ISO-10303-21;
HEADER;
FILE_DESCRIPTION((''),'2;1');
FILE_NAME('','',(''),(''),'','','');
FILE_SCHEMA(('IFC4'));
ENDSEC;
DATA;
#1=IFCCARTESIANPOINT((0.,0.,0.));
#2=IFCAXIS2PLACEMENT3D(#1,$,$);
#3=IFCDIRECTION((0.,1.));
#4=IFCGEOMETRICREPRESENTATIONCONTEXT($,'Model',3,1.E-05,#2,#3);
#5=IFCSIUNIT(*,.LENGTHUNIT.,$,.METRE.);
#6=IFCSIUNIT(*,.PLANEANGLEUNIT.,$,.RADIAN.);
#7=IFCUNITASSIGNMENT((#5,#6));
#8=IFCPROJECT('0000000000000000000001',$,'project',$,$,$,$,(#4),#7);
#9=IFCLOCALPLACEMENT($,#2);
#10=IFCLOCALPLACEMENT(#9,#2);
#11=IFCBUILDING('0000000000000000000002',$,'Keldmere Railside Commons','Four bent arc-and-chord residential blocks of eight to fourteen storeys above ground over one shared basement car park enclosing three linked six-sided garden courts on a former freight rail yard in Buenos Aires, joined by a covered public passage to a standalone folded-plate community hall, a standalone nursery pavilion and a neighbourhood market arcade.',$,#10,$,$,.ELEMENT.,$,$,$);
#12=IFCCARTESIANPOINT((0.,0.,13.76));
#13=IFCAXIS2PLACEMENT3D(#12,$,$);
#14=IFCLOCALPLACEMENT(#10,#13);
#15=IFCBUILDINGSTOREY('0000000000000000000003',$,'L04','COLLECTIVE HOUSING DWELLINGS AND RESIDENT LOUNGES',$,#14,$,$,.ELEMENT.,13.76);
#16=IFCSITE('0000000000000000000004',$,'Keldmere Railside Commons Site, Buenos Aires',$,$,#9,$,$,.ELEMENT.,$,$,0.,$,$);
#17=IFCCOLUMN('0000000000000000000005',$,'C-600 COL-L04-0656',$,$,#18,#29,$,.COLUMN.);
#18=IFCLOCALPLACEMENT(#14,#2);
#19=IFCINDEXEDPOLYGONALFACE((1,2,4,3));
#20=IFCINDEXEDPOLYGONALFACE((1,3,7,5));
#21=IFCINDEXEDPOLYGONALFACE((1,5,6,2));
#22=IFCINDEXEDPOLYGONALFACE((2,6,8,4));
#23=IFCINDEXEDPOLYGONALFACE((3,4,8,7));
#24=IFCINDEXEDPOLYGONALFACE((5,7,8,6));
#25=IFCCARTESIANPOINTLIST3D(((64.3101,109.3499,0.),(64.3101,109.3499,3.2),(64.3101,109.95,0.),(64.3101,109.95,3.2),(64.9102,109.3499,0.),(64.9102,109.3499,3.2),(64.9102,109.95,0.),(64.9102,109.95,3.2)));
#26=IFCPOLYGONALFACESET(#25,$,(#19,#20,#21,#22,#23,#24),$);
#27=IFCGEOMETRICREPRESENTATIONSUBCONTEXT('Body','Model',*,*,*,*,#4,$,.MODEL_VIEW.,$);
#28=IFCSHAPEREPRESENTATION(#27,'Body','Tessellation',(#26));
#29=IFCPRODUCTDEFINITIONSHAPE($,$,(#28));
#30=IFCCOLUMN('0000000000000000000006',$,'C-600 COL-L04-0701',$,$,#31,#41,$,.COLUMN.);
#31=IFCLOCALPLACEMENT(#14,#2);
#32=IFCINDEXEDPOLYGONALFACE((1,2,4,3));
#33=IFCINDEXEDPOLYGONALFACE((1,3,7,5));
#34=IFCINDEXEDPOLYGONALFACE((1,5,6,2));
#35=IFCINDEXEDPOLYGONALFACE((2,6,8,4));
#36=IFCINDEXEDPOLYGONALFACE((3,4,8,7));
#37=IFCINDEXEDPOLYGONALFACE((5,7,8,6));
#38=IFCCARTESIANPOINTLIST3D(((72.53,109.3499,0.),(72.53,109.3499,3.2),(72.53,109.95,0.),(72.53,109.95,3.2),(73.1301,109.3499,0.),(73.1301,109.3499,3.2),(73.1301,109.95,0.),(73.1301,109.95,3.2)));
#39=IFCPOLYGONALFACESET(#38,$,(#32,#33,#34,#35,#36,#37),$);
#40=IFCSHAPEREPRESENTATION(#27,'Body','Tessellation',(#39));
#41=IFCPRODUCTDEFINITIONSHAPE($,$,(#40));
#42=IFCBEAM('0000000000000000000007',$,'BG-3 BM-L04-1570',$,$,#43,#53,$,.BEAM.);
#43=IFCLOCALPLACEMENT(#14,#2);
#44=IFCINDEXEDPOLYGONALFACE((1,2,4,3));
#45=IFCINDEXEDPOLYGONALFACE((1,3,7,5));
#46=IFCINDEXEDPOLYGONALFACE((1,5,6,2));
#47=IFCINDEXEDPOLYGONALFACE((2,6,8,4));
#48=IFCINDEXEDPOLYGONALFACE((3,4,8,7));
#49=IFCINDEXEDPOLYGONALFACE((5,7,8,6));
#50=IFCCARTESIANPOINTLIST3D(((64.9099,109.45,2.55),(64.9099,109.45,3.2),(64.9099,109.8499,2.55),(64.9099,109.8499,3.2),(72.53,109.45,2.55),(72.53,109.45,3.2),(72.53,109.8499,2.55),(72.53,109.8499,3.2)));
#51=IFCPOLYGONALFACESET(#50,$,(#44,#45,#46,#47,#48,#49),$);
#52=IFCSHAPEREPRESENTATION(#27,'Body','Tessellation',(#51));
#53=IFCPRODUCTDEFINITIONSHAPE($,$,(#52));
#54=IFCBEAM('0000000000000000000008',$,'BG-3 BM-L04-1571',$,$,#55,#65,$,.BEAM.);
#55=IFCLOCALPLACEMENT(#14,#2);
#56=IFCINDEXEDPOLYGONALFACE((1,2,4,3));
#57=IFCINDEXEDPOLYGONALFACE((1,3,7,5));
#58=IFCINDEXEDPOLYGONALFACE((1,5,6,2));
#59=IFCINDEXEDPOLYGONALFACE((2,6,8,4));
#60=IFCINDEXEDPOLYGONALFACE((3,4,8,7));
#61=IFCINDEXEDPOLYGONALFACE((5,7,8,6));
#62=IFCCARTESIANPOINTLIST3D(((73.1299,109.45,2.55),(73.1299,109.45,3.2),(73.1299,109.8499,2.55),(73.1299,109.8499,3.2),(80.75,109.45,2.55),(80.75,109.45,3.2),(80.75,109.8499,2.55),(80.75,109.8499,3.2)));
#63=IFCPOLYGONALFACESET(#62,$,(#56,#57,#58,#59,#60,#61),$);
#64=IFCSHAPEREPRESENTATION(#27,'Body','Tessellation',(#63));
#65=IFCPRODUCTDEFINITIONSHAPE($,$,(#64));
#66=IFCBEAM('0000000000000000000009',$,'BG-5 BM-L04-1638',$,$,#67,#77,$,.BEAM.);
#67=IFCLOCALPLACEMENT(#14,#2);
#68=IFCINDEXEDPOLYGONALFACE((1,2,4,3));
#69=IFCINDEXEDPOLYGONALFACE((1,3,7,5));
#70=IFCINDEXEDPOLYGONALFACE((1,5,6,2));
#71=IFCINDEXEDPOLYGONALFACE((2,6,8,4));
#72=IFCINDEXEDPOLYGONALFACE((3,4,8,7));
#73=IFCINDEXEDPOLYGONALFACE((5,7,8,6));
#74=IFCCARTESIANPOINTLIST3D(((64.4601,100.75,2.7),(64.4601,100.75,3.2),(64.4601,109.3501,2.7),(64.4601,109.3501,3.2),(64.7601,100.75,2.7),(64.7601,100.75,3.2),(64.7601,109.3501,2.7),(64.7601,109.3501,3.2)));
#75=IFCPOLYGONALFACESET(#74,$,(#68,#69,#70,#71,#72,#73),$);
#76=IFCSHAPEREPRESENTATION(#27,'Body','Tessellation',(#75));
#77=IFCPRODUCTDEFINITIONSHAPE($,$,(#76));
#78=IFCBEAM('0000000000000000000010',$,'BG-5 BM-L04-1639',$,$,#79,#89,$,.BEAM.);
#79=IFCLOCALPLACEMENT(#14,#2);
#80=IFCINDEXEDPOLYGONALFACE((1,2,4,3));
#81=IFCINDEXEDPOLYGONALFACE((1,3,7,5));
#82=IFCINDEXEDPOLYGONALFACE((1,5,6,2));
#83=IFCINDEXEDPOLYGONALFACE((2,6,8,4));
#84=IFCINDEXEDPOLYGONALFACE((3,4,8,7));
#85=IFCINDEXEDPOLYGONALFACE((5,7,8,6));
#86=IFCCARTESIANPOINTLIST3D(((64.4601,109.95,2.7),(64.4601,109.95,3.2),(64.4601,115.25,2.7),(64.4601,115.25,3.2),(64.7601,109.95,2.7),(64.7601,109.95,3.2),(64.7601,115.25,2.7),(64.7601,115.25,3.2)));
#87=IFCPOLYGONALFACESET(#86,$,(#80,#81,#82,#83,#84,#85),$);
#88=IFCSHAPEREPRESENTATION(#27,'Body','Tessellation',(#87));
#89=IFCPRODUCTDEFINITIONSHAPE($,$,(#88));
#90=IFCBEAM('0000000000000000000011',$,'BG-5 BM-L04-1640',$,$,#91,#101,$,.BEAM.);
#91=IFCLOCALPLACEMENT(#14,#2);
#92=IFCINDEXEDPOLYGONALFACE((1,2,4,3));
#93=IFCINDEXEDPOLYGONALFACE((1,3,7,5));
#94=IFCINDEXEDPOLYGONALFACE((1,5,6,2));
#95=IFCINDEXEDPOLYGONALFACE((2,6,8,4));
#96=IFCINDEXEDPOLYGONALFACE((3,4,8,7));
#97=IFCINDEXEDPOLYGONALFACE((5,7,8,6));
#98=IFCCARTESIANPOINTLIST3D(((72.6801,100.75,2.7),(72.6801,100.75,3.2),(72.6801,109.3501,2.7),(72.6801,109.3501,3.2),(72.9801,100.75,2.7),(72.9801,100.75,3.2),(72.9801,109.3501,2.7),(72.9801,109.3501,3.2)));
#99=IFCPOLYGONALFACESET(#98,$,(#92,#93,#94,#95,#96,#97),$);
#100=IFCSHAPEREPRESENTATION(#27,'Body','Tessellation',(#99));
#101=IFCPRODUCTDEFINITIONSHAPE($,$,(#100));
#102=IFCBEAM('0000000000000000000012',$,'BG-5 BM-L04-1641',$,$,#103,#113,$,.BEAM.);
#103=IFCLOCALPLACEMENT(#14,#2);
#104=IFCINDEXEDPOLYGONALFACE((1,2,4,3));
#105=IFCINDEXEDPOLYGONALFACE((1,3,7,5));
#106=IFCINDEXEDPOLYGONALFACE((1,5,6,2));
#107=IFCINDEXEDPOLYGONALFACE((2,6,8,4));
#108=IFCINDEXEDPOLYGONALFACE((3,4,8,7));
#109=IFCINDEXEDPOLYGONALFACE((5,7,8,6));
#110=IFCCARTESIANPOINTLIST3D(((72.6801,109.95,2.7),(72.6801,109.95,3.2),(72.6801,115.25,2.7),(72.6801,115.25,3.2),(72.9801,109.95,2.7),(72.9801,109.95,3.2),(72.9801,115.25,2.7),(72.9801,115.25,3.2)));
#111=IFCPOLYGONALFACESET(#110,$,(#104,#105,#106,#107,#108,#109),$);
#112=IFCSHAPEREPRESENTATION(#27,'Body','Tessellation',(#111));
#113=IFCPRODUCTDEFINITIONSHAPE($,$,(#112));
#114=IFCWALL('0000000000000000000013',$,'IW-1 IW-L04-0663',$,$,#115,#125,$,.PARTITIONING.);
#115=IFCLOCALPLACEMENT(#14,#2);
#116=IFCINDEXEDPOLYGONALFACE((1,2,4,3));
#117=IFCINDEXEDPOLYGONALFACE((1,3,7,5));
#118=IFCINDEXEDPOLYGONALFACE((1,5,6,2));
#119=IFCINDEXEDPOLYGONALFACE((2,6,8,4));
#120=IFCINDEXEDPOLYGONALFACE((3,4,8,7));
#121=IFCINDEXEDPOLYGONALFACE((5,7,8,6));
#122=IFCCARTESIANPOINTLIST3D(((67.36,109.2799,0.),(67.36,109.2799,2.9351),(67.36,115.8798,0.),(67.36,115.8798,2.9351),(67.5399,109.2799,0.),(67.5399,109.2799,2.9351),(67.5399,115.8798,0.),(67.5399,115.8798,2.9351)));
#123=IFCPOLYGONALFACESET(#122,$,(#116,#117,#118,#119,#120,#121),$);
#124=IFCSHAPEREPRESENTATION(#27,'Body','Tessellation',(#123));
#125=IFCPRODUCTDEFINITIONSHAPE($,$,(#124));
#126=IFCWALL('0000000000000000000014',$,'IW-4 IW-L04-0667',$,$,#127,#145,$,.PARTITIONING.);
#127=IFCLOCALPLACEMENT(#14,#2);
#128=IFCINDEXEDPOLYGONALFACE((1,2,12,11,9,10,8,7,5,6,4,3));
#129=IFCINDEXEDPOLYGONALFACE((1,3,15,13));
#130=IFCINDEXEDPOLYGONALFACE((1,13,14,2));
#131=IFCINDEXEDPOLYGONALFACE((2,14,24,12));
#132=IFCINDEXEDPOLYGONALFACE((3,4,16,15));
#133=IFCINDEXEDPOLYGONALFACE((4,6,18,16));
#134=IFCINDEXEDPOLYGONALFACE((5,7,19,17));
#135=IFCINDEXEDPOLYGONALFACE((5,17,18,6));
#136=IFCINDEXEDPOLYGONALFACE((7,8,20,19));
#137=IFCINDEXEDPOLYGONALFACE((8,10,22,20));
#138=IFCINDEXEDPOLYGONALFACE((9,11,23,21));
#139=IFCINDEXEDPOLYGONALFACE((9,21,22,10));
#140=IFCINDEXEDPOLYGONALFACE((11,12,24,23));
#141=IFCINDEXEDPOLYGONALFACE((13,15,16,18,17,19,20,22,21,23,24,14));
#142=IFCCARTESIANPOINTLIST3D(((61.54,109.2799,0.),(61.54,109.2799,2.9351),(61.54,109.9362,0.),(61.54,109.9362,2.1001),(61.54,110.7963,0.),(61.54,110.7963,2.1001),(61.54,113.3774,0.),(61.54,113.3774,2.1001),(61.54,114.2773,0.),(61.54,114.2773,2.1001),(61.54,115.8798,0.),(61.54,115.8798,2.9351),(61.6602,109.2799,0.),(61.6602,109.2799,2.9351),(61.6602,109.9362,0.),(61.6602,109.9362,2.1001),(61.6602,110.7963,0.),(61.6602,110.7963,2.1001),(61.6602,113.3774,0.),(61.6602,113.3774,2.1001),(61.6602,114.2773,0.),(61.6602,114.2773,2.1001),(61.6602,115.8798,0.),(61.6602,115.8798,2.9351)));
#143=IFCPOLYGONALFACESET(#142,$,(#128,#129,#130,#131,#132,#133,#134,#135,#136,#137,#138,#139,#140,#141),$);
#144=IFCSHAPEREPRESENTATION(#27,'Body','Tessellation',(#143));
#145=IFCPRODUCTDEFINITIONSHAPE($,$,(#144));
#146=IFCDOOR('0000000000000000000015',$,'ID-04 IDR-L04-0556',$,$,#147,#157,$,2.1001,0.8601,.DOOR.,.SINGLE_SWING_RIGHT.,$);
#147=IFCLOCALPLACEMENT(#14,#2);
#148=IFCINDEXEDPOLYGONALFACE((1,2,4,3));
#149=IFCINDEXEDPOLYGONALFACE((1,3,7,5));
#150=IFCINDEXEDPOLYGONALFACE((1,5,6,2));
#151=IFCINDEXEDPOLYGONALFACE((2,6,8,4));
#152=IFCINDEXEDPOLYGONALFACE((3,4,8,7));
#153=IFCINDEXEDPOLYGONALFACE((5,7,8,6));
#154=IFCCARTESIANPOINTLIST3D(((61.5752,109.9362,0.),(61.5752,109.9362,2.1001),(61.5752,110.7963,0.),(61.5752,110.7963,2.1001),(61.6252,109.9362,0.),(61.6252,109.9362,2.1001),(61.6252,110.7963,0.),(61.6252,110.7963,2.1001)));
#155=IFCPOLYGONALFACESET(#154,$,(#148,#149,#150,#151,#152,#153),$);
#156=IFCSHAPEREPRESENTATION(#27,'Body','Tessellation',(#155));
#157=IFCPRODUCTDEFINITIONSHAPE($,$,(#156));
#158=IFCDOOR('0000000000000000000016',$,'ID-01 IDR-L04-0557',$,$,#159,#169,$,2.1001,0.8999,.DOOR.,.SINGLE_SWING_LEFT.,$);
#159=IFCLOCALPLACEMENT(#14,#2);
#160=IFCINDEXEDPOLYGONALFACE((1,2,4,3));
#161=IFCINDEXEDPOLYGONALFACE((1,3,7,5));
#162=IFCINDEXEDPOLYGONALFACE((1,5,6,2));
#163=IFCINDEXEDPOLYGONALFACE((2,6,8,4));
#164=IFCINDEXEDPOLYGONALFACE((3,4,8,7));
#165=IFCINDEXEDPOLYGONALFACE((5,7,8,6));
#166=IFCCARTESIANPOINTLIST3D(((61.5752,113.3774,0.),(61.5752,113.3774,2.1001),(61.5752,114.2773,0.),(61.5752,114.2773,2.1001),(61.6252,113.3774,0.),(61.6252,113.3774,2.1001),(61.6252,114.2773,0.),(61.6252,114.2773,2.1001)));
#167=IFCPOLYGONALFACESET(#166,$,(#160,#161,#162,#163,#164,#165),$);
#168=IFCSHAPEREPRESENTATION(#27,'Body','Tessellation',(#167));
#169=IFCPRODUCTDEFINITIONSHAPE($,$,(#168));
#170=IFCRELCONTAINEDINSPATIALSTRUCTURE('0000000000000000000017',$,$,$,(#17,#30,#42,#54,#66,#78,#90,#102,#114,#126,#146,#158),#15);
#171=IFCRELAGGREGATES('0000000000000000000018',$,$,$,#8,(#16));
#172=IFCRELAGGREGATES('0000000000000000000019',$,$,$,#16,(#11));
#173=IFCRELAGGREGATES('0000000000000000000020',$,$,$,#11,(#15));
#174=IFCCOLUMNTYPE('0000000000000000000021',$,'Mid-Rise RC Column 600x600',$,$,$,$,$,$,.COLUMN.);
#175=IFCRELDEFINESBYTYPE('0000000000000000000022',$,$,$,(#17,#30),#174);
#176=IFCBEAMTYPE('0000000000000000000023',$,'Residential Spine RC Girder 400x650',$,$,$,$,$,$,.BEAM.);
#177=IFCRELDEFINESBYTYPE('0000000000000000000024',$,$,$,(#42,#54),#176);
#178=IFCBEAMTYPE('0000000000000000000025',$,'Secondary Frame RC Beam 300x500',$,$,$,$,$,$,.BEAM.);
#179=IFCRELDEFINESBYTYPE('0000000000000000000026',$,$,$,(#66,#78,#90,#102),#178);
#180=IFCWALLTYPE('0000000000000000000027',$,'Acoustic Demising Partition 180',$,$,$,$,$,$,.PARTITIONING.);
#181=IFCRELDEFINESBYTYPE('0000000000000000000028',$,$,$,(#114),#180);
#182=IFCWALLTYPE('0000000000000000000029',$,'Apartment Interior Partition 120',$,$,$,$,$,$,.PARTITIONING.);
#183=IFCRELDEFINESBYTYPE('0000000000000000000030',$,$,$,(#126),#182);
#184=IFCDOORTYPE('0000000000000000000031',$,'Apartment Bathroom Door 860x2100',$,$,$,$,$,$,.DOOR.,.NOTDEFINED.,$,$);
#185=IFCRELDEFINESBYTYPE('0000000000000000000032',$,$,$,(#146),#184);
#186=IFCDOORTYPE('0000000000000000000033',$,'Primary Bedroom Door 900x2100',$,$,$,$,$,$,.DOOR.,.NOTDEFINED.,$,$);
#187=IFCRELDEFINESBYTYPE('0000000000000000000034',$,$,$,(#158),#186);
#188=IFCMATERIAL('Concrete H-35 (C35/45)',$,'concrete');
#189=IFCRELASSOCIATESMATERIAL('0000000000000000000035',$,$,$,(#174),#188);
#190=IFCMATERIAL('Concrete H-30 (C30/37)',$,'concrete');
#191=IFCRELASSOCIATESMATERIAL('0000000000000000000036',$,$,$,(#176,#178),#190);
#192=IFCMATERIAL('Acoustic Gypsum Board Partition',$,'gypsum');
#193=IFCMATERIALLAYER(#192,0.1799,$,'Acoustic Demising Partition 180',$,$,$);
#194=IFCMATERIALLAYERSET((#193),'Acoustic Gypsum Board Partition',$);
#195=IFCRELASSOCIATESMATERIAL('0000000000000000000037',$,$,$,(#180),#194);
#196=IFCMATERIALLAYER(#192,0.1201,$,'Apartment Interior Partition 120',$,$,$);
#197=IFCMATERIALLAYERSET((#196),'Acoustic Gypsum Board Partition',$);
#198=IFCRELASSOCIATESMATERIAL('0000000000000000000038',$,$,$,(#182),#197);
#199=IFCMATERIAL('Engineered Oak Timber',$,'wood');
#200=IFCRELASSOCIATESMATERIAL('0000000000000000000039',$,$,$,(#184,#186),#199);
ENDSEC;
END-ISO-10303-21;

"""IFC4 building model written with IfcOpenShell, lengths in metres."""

from ifc_helpers import new_model, si_unit, direction, frame, frame_2d, origin, origin_2d, place, context, subcontext, project, spatial, rectangle, extrude, material, layer, layer_set, material_profile, profile_set, type_object, element, fill, save


model = new_model("IFC4")

# Units and contexts
model_context = context("Model", 3, precision=1e-05, world=origin(), true_north=direction((0.0, 1.0)))
body_context = subcontext(model_context, "Body", "Model", "MODEL_VIEW")
ifc_project = project(units=[si_unit("LENGTHUNIT", "METRE"), si_unit("PLANEANGLEUNIT", "RADIAN")], contexts=[model_context])

# Site, building, storey
site_placement = place(None, origin())
site = spatial("IfcSite", under=ifc_project, at=site_placement, Name="Keldmere Railside Commons Site, Buenos Aires", CompositionType="ELEMENT", RefElevation=0.0)
building_placement = place(site_placement, origin())
building = spatial("IfcBuilding", under=site, at=building_placement, Name="Keldmere Railside Commons", Description="Four bent arc-and-chord residential blocks of eight to fourteen storeys above ground over one shared basement car park enclosing three linked six-sided garden courts on a former freight rail yard in Buenos Aires, joined by a covered public passage to a standalone folded-plate community hall, a standalone nursery pavilion and a neighbourhood market arcade.", CompositionType="ELEMENT")
storey_placement = place(building_placement, frame((0.0, 0.0, 13.76)))
storey = spatial("IfcBuildingStorey", under=building, at=storey_placement, Name="L04", Description="COLLECTIVE HOUSING DWELLINGS AND RESIDENT LOUNGES", CompositionType="ELEMENT", Elevation=13.76)

# Columns
ifc_material_1 = material(Name="Concrete H-35 (C35/45)", Category="concrete")
ifc_material_profile_1 = material_profile(ifc_material_1, rectangle(XDim=0.6001, YDim=0.6001, at=origin_2d()), Name="RC-600x600")
ifc_profile_set_1 = profile_set([ifc_material_profile_1], Name="Concrete H-35 (C35/45)")
column_type = type_object("IfcColumnType", Name="Mid-Rise RC Column 600x600", PredefinedType="COLUMN", material=ifc_profile_set_1)
for number, where, z_axis, x_axis, name in (
    (1, (64.6101, 109.6499, 0.0), (0.0, 0.0, 1.0), (1.0, 0.0, 0.0), "C-600 COL-L04-0656"),
    (2, (72.8301, 109.6499, 0.0), (0.0, 0.0, 1.0), (1.0, 0.0, 0.0), "C-600 COL-L04-0701"),
):
    element("IfcColumn", number, at=place(storey_placement, frame(where, z_axis=z_axis, x_axis=x_axis)), inside=storey, type_object=column_type, Name=name, PredefinedType="COLUMN", context=body_context, shape_type="SweptSolid", body=[
        extrude(rectangle(XDim=0.6001, YDim=0.6001, at=origin_2d()), origin(), (0.0, 0.0, 1.0), 3.2),
    ])

# Beams
ifc_material_2 = material(Name="Concrete H-30 (C30/37)", Category="concrete")
ifc_material_profile_2 = material_profile(ifc_material_2, rectangle(XDim=0.3999, YDim=0.6499, at=origin_2d()), Name="RC-400x650")
ifc_profile_set_2 = profile_set([ifc_material_profile_2], Name="Concrete H-30 (C30/37)")
beam_type_1 = type_object("IfcBeamType", Name="Residential Spine RC Girder 400x650", PredefinedType="BEAM", material=ifc_profile_set_2)
for number, where, z_axis, x_axis, name in (
    (3, (64.9099, 109.6499, 2.875), (1.0, 0.0, 0.0), (0.0, 1.0, 0.0), "BG-3 BM-L04-1570"),
    (4, (73.1299, 109.6499, 2.875), (1.0, 0.0, 0.0), (0.0, 1.0, 0.0), "BG-3 BM-L04-1571"),
):
    element("IfcBeam", number, at=place(storey_placement, frame(where, z_axis=z_axis, x_axis=x_axis)), inside=storey, type_object=beam_type_1, Name=name, PredefinedType="BEAM", context=body_context, shape_type="SweptSolid", body=[
        extrude(rectangle(XDim=0.3999, YDim=0.6499, at=origin_2d()), origin(), (0.0, 0.0, 1.0), 7.6201),
    ])
ifc_material_profile_3 = material_profile(ifc_material_2, rectangle(XDim=0.3, YDim=0.5, at=origin_2d()), Name="RC-300x500")
ifc_profile_set_3 = profile_set([ifc_material_profile_3], Name="Concrete H-30 (C30/37)")
beam_type_2 = type_object("IfcBeamType", Name="Secondary Frame RC Beam 300x500", PredefinedType="BEAM", material=ifc_profile_set_3)
beam_1_placement = place(storey_placement, frame((64.6101, 100.75, 2.95), z_axis=(0.0, 1.0, 0.0), x_axis=(-1.0, 0.0, 0.0)))
element("IfcBeam", 5, at=beam_1_placement, inside=storey, type_object=beam_type_2, Name="BG-5 BM-L04-1638", PredefinedType="BEAM", context=body_context, shape_type="SweptSolid", body=[
    extrude(rectangle(XDim=0.3, YDim=0.5, at=origin_2d()), origin(), (0.0, 0.0, 1.0), 8.6001),
])
beam_2_placement = place(storey_placement, frame((64.6101, 109.95, 2.95), z_axis=(0.0, 1.0, 0.0), x_axis=(-1.0, 0.0, 0.0)))
element("IfcBeam", 6, at=beam_2_placement, inside=storey, type_object=beam_type_2, Name="BG-5 BM-L04-1639", PredefinedType="BEAM", context=body_context, shape_type="SweptSolid", body=[
    extrude(rectangle(XDim=0.3, YDim=0.5, at=origin_2d()), origin(), (0.0, 0.0, 1.0), 5.3),
])
beam_3_placement = place(storey_placement, frame((72.8301, 100.75, 2.95), z_axis=(0.0, 1.0, 0.0), x_axis=(-1.0, 0.0, 0.0)))
element("IfcBeam", 7, at=beam_3_placement, inside=storey, type_object=beam_type_2, Name="BG-5 BM-L04-1640", PredefinedType="BEAM", context=body_context, shape_type="SweptSolid", body=[
    extrude(rectangle(XDim=0.3, YDim=0.5, at=origin_2d()), origin(), (0.0, 0.0, 1.0), 8.6001),
])
beam_4_placement = place(storey_placement, frame((72.8301, 109.95, 2.95), z_axis=(0.0, 1.0, 0.0), x_axis=(-1.0, 0.0, 0.0)))
element("IfcBeam", 8, at=beam_4_placement, inside=storey, type_object=beam_type_2, Name="BG-5 BM-L04-1641", PredefinedType="BEAM", context=body_context, shape_type="SweptSolid", body=[
    extrude(rectangle(XDim=0.3, YDim=0.5, at=origin_2d()), origin(), (0.0, 0.0, 1.0), 5.3),
])

# Wall
ifc_material_3 = material(Name="Acoustic Gypsum Board Partition", Category="gypsum")
ifc_layer_1 = layer(ifc_material_3, 0.1799, Name="Acoustic Demising Partition 180")
ifc_layer_set_1 = layer_set([ifc_layer_1], Name="Acoustic Gypsum Board Partition")
wall_type_1 = type_object("IfcWallType", Name="Acoustic Demising Partition 180", PredefinedType="PARTITIONING", material=ifc_layer_set_1)
wall_1_placement = place(storey_placement, frame((67.45, 109.28, 0.0), z_axis=(0.0, 0.0, 1.0), x_axis=(0.0, 1.0, 0.0)))
element("IfcWall", 9, at=wall_1_placement, inside=storey, type_object=wall_type_1, Name="IW-1 IW-L04-0663", PredefinedType="PARTITIONING", context=body_context, shape_type="SweptSolid", body=[
    extrude(rectangle(XDim=6.5999, YDim=0.1799, at=frame_2d((3.2998, 0.0))), origin(), (0.0, 0.0, 1.0), 2.9351),
])

# Wall, openings, doors
ifc_layer_2 = layer(ifc_material_3, 0.1201, Name="Apartment Interior Partition 120")
ifc_layer_set_2 = layer_set([ifc_layer_2], Name="Acoustic Gypsum Board Partition")
wall_type_2 = type_object("IfcWallType", Name="Apartment Interior Partition 120", PredefinedType="PARTITIONING", material=ifc_layer_set_2)
wall_2_placement = place(storey_placement, frame((61.6001, 109.28, 0.0), z_axis=(0.0, 0.0, 1.0), x_axis=(0.0, 1.0, 0.0)))
wall_2 = element("IfcWall", 10, at=wall_2_placement, inside=storey, type_object=wall_type_2, Name="IW-4 IW-L04-0667", PredefinedType="PARTITIONING", context=body_context, shape_type="SweptSolid", body=[
    extrude(rectangle(XDim=6.5999, YDim=0.1201, at=frame_2d((3.2998, 0.0))), origin(), (0.0, 0.0, 1.0), 2.9351),
])
opening_1_placement = place(wall_2_placement, frame((0.656, 0.0, 0.0)))
opening_1 = element("IfcOpeningElement", 11, at=opening_1_placement, cuts=wall_2, PredefinedType="OPENING", context=body_context, shape_type="SweptSolid", body=[
    extrude(rectangle(XDim=0.8601, YDim=2.1001, at=frame_2d((0.4302, 1.05))), frame((0.0, 0.0701, 0.0), z_axis=(0.0, -1.0, 0.0), x_axis=(1.0, 0.0, 0.0)), (0.0, 0.0, 1.0), 0.1401),
])
opening_2_placement = place(wall_2_placement, frame((4.0974, 0.0, 0.0)))
opening_2 = element("IfcOpeningElement", 12, at=opening_2_placement, cuts=wall_2, PredefinedType="OPENING", context=body_context, shape_type="SweptSolid", body=[
    extrude(rectangle(XDim=0.8999, YDim=2.1001, at=frame_2d((0.45, 1.05))), frame((0.0, 0.0701, 0.0), z_axis=(0.0, -1.0, 0.0), x_axis=(1.0, 0.0, 0.0)), (0.0, 0.0, 1.0), 0.1401),
])
ifc_material_4 = material(Name="Engineered Oak Timber", Category="wood")
door_type_1 = type_object("IfcDoorType", Name="Apartment Bathroom Door 860x2100", OperationType="NOTDEFINED", PredefinedType="DOOR", material=ifc_material_4)
door_1_placement = place(opening_1_placement, origin())
door_1 = element("IfcDoor", 13, at=door_1_placement, inside=storey, type_object=door_type_1, Name="ID-04 IDR-L04-0556", OperationType="SINGLE_SWING_RIGHT", OverallHeight=2.1001, OverallWidth=0.8601, PredefinedType="DOOR", context=body_context, shape_type="SweptSolid", body=[
    extrude(rectangle(XDim=0.8601, YDim=2.1001, at=frame_2d((0.4302, 1.05))), frame((0.0, 0.0249, 0.0), z_axis=(0.0, -1.0, 0.0), x_axis=(1.0, 0.0, 0.0)), (0.0, 0.0, 1.0), 0.05),
])
fill(opening_1, door_1)
door_type_2 = type_object("IfcDoorType", Name="Primary Bedroom Door 900x2100", OperationType="NOTDEFINED", PredefinedType="DOOR", material=ifc_material_4)
door_2_placement = place(opening_2_placement, origin())
door_2 = element("IfcDoor", 14, at=door_2_placement, inside=storey, type_object=door_type_2, Name="ID-01 IDR-L04-0557", OperationType="SINGLE_SWING_LEFT", OverallHeight=2.1001, OverallWidth=0.8999, PredefinedType="DOOR", context=body_context, shape_type="SweptSolid", body=[
    extrude(rectangle(XDim=0.8999, YDim=2.1001, at=frame_2d((0.45, 1.05))), frame((0.0, 0.0249, 0.0), z_axis=(0.0, -1.0, 0.0), x_axis=(1.0, 0.0, 0.0)), (0.0, 0.0, 1.0), 0.05),
])
fill(opening_2, door_2)

save(model, "model.ifc")
